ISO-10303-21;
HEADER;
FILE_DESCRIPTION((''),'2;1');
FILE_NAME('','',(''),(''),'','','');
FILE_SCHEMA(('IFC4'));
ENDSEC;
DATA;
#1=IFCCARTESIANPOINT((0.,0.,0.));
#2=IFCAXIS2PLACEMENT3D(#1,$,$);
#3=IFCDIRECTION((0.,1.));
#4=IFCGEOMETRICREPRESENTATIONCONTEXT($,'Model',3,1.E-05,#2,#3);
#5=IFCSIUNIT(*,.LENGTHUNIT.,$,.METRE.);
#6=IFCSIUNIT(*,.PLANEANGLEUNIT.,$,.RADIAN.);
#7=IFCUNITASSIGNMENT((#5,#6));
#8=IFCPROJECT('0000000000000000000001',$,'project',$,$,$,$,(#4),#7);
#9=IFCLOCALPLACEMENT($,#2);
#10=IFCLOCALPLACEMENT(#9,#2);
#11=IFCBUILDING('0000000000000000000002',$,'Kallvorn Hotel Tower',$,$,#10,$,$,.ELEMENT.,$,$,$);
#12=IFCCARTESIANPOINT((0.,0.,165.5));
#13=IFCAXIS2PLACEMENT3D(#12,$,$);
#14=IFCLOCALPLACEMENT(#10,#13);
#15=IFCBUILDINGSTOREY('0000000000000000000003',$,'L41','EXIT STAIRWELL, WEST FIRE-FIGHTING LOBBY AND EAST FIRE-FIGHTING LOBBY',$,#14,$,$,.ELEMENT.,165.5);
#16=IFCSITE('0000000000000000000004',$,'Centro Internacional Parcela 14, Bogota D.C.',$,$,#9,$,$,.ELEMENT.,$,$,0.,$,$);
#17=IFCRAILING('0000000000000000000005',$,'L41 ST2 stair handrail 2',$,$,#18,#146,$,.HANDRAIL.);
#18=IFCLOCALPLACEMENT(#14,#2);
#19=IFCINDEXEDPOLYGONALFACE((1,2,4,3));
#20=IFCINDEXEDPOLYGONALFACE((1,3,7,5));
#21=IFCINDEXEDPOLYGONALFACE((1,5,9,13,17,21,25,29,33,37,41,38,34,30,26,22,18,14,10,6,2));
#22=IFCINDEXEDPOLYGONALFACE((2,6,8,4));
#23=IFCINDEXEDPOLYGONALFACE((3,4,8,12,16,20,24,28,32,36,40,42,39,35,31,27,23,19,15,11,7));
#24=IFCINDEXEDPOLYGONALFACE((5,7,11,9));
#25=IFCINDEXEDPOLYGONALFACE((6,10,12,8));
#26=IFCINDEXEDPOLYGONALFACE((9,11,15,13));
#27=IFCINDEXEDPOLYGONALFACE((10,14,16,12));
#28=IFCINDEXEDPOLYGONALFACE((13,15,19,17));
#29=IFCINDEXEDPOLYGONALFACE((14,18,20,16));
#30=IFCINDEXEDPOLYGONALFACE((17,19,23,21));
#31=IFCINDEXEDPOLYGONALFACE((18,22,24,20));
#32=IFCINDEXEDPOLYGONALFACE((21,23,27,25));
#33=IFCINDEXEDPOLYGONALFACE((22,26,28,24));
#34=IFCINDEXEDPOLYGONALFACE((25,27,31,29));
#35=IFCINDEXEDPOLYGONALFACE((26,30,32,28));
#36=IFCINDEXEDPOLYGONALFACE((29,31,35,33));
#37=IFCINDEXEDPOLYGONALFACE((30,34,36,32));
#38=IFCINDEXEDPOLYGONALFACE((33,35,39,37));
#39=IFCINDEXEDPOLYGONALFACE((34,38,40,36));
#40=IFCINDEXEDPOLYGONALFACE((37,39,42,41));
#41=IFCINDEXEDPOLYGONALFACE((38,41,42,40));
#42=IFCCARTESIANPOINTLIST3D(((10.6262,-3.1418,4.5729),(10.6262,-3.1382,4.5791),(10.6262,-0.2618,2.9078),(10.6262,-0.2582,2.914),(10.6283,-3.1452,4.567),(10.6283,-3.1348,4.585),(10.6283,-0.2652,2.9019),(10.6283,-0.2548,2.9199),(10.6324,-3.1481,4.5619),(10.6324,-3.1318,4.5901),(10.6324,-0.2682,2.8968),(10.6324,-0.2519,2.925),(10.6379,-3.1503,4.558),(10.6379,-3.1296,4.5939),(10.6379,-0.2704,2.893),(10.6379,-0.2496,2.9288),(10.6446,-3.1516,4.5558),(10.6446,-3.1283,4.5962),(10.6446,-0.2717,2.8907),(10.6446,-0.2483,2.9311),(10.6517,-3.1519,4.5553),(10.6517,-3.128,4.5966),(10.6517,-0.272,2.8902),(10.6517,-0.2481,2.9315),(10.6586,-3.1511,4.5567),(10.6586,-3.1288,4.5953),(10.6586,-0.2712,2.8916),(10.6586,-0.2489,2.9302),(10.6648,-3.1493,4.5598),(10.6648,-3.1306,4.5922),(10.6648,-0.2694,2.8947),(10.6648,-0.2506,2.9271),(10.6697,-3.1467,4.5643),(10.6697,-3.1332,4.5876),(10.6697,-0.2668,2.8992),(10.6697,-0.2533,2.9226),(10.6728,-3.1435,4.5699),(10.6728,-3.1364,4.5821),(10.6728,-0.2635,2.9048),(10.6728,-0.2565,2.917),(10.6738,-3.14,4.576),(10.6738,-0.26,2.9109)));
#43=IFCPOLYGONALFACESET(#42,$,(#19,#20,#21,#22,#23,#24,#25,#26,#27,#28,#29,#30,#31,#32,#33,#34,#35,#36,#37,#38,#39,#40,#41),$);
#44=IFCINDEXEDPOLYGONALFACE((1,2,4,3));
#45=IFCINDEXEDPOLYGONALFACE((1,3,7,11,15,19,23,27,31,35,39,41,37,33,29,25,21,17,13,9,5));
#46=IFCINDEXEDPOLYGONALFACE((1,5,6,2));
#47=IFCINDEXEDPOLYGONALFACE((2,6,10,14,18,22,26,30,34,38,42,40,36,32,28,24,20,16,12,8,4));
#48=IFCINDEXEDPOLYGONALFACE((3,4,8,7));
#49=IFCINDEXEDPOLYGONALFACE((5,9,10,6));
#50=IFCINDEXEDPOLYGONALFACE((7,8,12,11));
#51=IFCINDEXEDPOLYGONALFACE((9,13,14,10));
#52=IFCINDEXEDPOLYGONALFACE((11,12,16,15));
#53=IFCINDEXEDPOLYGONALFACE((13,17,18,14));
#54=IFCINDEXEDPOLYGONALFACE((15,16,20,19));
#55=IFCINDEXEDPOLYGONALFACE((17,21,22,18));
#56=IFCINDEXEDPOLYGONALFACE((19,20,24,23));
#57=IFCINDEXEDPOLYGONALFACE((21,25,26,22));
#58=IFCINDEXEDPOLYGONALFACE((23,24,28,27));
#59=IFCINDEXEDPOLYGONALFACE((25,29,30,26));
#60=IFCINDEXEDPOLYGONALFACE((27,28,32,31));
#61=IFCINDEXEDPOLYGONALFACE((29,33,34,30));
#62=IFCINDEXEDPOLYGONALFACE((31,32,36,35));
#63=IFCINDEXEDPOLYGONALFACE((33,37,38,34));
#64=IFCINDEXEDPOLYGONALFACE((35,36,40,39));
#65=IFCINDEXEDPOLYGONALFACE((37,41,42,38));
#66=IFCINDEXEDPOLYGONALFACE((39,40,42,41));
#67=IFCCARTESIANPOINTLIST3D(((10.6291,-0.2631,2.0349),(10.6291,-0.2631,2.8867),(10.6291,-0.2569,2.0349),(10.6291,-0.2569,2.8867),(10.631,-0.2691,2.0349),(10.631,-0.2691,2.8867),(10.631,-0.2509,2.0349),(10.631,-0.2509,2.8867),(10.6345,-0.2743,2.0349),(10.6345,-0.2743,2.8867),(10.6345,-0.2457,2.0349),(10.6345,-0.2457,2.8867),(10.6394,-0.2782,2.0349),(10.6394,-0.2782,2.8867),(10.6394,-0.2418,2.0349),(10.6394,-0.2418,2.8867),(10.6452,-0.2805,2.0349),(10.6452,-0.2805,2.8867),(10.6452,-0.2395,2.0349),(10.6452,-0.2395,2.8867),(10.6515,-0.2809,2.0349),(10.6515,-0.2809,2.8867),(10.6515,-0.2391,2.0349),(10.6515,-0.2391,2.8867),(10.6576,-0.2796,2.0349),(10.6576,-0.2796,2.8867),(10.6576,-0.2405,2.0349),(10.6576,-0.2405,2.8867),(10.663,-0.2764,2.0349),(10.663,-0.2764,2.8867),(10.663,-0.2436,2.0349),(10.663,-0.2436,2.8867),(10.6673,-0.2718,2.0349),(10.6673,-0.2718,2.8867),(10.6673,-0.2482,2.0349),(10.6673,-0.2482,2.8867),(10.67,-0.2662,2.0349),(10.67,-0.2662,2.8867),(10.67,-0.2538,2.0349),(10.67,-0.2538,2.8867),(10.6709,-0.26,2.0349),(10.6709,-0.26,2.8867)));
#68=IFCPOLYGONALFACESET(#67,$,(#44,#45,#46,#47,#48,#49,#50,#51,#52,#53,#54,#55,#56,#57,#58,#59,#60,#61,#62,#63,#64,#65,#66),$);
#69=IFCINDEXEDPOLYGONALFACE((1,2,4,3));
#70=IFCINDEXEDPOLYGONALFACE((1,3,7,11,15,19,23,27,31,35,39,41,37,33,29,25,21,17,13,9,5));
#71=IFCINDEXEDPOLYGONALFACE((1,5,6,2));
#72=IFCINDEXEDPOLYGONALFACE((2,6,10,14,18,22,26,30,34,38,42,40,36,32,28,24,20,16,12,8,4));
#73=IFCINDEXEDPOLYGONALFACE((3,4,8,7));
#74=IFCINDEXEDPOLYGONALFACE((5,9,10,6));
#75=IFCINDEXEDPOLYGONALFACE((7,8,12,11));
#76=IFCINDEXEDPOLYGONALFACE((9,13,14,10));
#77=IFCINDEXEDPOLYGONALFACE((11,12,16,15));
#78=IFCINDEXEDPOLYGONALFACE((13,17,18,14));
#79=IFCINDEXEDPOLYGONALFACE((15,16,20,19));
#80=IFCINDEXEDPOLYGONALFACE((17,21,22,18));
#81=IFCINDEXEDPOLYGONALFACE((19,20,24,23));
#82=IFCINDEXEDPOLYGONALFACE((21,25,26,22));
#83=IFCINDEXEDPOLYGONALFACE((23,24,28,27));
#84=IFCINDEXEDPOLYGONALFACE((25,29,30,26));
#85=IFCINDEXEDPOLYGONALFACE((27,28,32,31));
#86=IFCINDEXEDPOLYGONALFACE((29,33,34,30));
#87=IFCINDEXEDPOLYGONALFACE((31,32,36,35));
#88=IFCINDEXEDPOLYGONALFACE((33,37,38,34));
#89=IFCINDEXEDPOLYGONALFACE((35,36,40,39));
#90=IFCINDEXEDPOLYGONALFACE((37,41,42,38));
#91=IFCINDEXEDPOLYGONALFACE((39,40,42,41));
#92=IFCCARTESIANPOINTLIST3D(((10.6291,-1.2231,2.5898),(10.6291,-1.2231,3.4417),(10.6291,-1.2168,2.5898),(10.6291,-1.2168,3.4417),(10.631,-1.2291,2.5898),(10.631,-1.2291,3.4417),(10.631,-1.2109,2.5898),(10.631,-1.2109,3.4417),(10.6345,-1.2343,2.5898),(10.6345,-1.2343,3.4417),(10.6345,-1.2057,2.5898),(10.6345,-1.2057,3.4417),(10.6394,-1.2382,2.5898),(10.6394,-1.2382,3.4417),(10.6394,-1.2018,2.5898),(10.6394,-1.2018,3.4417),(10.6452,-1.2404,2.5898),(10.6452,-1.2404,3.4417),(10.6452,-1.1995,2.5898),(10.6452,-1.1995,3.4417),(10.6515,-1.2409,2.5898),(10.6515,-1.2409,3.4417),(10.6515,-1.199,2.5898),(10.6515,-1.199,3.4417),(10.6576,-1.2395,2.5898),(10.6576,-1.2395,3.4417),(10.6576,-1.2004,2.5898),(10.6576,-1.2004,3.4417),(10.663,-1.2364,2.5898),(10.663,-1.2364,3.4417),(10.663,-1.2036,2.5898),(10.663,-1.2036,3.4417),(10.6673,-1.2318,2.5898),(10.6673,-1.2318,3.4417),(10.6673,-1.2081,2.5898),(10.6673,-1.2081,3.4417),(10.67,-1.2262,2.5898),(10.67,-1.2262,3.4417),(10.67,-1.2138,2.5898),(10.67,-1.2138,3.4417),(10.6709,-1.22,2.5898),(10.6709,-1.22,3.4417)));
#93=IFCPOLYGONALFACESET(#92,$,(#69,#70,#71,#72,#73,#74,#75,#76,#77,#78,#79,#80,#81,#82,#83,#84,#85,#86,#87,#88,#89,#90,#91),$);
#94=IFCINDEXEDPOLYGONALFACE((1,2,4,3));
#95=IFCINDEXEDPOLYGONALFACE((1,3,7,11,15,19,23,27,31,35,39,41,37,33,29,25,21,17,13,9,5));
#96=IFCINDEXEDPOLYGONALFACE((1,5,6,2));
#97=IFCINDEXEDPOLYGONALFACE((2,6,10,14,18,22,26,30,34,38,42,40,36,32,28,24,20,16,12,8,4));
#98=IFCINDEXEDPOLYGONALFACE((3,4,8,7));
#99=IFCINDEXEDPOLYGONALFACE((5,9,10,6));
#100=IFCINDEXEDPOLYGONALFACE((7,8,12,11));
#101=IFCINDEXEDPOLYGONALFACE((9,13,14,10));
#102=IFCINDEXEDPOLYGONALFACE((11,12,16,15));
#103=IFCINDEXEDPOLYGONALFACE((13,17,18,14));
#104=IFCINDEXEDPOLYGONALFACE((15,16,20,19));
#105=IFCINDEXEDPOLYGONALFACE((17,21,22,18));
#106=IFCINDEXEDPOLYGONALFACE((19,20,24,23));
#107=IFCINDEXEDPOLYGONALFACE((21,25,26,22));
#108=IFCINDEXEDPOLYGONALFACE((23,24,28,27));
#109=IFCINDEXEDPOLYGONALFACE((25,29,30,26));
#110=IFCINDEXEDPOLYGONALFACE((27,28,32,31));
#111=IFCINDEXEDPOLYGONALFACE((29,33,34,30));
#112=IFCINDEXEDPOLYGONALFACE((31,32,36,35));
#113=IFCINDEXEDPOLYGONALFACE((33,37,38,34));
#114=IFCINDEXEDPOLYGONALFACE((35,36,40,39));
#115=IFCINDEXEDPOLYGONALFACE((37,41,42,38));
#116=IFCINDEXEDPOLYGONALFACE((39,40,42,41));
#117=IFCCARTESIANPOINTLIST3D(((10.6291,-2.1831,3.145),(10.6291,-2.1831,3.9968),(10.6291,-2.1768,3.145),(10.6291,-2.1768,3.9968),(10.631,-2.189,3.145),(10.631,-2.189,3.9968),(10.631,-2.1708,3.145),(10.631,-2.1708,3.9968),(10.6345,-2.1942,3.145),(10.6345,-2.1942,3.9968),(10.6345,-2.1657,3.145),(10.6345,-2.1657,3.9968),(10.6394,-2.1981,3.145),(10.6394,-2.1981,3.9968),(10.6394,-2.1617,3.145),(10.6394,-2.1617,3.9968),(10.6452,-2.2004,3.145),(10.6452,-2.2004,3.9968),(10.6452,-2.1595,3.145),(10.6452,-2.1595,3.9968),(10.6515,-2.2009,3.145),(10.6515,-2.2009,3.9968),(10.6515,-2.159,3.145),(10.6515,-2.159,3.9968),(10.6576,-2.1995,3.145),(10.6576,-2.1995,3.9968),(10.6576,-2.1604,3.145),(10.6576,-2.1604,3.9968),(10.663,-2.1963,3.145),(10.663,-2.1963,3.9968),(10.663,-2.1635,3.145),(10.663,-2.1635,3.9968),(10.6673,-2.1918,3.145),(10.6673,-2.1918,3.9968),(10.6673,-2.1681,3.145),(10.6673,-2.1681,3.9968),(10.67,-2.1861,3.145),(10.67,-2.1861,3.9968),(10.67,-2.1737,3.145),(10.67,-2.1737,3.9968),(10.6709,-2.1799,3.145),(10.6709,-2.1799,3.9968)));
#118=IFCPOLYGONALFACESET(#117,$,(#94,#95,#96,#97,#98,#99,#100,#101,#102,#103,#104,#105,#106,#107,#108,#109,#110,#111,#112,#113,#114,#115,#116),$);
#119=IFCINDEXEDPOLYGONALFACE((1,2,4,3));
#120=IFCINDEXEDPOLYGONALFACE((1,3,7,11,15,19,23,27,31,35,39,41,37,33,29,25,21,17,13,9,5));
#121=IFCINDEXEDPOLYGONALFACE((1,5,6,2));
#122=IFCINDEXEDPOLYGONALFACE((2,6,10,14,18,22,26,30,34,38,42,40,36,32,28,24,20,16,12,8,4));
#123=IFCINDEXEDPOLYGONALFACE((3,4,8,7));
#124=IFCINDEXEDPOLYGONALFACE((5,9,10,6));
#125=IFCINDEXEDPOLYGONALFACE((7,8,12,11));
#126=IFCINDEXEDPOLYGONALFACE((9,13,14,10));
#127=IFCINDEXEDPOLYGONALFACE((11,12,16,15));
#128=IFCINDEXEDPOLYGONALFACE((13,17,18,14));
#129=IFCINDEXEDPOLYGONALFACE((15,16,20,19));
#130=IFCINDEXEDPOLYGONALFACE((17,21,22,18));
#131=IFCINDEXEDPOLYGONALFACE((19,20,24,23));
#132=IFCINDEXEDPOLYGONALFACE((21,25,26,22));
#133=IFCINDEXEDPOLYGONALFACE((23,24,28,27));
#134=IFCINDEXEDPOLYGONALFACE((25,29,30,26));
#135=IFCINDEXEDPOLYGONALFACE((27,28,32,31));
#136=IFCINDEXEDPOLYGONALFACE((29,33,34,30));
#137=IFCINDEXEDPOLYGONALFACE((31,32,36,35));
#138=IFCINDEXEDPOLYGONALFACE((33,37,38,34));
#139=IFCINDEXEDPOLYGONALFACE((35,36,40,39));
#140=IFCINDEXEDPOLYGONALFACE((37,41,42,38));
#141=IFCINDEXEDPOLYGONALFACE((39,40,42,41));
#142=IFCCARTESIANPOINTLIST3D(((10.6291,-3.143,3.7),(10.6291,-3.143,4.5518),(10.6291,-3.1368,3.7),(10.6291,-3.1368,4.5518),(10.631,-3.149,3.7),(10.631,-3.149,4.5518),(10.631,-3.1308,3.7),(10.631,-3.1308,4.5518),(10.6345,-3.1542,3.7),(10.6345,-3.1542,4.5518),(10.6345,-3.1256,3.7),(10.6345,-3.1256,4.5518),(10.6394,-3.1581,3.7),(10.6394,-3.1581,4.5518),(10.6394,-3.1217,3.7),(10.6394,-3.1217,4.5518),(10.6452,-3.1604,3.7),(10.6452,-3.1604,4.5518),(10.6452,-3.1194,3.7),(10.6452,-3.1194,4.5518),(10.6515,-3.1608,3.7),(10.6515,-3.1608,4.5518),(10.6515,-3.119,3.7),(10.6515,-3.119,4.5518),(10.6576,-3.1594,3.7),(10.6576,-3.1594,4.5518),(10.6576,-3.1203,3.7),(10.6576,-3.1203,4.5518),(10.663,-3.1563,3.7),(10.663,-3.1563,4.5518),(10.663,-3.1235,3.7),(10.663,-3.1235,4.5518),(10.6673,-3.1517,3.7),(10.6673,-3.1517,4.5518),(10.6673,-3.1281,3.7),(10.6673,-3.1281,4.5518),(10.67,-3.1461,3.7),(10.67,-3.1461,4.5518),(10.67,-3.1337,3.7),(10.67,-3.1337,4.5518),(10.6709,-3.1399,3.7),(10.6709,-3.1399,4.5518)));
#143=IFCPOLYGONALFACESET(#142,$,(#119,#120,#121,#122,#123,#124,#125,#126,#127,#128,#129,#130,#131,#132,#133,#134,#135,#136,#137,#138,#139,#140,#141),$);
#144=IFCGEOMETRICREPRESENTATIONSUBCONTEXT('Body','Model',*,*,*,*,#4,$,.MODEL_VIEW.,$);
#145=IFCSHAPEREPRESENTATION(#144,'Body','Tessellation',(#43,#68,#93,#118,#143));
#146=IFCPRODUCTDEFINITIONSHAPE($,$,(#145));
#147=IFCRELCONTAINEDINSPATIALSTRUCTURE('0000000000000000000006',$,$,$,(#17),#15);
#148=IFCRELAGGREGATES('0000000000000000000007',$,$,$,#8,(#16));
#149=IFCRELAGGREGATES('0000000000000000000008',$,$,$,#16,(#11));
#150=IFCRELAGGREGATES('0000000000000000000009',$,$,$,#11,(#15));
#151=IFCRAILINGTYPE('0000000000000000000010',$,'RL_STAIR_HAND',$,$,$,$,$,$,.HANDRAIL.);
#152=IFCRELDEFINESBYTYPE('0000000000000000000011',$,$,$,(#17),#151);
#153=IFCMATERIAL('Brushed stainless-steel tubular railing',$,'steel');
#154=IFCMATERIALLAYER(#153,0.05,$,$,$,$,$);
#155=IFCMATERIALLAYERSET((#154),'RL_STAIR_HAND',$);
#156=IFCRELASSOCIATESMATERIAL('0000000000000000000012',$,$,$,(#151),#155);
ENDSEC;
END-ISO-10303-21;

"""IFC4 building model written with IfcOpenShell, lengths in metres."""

from ifc_helpers import new_model, si_unit, direction, frame, origin, origin_2d, place, context, subcontext, project, spatial, circle, extrude, material, layer, layer_set, type_object, element, save


model = new_model("IFC4")

# Units and contexts
model_context = context("Model", 3, precision=1e-05, world=origin(), true_north=direction((0.0, 1.0)))
body_context = subcontext(model_context, "Body", "Model", "MODEL_VIEW")
ifc_project = project(units=[si_unit("LENGTHUNIT", "METRE"), si_unit("PLANEANGLEUNIT", "RADIAN")], contexts=[model_context])

# Site, building, storey
site_placement = place(None, origin())
site = spatial("IfcSite", under=ifc_project, at=site_placement, Name="Centro Internacional Parcela 14, Bogota D.C.", CompositionType="ELEMENT", RefElevation=0.0)
building_placement = place(site_placement, origin())
building = spatial("IfcBuilding", under=site, at=building_placement, Name="Kallvorn Hotel Tower", CompositionType="ELEMENT")
storey_placement = place(building_placement, frame((0.0, 0.0, 165.5)))
storey = spatial("IfcBuildingStorey", under=building, at=storey_placement, Name="L41", Description="EXIT STAIRWELL, WEST FIRE-FIGHTING LOBBY AND EAST FIRE-FIGHTING LOBBY", CompositionType="ELEMENT", Elevation=165.5)

# Railing
ifc_material_1 = material(Name="Brushed stainless-steel tubular railing", Category="steel")
ifc_layer_1 = layer(ifc_material_1, 0.05)
ifc_layer_set_1 = layer_set([ifc_layer_1], Name="RL_STAIR_HAND")
railing_type_1 = type_object("IfcRailingType", Name="RL_STAIR_HAND", PredefinedType="HANDRAIL", material=ifc_layer_set_1)
railing_1_placement = place(storey_placement, frame((10.6499, -0.26, 2.0349)))
element("IfcRailing", 1, at=railing_1_placement, inside=storey, type_object=railing_type_1, Name="L41 ST2 stair handrail 2", PredefinedType="HANDRAIL", context=body_context, shape_type="SweptSolid", body=[
    extrude(circle(Radius=0.0239, at=origin_2d()), frame((0.0, 0.0, 0.876), z_axis=(0.0, -0.865721, 0.500527), x_axis=(1.0, 0.0, 0.0)), (0.0, 0.0, 1.0), 3.3267),
    extrude(circle(Radius=0.021, at=origin_2d()), origin(), (0.0, 0.0, 1.0), 0.8518),
    extrude(circle(Radius=0.021, at=origin_2d()), frame((0.0, -0.96, 0.5549)), (0.0, 0.0, 1.0), 0.8518),
    extrude(circle(Radius=0.021, at=origin_2d()), frame((0.0, -1.9199, 1.1101)), (0.0, 0.0, 1.0), 0.8518),
    extrude(circle(Radius=0.021, at=origin_2d()), frame((0.0, -2.8799, 1.665)), (0.0, 0.0, 1.0), 0.8518),
])

save(model, "model.ifc")
